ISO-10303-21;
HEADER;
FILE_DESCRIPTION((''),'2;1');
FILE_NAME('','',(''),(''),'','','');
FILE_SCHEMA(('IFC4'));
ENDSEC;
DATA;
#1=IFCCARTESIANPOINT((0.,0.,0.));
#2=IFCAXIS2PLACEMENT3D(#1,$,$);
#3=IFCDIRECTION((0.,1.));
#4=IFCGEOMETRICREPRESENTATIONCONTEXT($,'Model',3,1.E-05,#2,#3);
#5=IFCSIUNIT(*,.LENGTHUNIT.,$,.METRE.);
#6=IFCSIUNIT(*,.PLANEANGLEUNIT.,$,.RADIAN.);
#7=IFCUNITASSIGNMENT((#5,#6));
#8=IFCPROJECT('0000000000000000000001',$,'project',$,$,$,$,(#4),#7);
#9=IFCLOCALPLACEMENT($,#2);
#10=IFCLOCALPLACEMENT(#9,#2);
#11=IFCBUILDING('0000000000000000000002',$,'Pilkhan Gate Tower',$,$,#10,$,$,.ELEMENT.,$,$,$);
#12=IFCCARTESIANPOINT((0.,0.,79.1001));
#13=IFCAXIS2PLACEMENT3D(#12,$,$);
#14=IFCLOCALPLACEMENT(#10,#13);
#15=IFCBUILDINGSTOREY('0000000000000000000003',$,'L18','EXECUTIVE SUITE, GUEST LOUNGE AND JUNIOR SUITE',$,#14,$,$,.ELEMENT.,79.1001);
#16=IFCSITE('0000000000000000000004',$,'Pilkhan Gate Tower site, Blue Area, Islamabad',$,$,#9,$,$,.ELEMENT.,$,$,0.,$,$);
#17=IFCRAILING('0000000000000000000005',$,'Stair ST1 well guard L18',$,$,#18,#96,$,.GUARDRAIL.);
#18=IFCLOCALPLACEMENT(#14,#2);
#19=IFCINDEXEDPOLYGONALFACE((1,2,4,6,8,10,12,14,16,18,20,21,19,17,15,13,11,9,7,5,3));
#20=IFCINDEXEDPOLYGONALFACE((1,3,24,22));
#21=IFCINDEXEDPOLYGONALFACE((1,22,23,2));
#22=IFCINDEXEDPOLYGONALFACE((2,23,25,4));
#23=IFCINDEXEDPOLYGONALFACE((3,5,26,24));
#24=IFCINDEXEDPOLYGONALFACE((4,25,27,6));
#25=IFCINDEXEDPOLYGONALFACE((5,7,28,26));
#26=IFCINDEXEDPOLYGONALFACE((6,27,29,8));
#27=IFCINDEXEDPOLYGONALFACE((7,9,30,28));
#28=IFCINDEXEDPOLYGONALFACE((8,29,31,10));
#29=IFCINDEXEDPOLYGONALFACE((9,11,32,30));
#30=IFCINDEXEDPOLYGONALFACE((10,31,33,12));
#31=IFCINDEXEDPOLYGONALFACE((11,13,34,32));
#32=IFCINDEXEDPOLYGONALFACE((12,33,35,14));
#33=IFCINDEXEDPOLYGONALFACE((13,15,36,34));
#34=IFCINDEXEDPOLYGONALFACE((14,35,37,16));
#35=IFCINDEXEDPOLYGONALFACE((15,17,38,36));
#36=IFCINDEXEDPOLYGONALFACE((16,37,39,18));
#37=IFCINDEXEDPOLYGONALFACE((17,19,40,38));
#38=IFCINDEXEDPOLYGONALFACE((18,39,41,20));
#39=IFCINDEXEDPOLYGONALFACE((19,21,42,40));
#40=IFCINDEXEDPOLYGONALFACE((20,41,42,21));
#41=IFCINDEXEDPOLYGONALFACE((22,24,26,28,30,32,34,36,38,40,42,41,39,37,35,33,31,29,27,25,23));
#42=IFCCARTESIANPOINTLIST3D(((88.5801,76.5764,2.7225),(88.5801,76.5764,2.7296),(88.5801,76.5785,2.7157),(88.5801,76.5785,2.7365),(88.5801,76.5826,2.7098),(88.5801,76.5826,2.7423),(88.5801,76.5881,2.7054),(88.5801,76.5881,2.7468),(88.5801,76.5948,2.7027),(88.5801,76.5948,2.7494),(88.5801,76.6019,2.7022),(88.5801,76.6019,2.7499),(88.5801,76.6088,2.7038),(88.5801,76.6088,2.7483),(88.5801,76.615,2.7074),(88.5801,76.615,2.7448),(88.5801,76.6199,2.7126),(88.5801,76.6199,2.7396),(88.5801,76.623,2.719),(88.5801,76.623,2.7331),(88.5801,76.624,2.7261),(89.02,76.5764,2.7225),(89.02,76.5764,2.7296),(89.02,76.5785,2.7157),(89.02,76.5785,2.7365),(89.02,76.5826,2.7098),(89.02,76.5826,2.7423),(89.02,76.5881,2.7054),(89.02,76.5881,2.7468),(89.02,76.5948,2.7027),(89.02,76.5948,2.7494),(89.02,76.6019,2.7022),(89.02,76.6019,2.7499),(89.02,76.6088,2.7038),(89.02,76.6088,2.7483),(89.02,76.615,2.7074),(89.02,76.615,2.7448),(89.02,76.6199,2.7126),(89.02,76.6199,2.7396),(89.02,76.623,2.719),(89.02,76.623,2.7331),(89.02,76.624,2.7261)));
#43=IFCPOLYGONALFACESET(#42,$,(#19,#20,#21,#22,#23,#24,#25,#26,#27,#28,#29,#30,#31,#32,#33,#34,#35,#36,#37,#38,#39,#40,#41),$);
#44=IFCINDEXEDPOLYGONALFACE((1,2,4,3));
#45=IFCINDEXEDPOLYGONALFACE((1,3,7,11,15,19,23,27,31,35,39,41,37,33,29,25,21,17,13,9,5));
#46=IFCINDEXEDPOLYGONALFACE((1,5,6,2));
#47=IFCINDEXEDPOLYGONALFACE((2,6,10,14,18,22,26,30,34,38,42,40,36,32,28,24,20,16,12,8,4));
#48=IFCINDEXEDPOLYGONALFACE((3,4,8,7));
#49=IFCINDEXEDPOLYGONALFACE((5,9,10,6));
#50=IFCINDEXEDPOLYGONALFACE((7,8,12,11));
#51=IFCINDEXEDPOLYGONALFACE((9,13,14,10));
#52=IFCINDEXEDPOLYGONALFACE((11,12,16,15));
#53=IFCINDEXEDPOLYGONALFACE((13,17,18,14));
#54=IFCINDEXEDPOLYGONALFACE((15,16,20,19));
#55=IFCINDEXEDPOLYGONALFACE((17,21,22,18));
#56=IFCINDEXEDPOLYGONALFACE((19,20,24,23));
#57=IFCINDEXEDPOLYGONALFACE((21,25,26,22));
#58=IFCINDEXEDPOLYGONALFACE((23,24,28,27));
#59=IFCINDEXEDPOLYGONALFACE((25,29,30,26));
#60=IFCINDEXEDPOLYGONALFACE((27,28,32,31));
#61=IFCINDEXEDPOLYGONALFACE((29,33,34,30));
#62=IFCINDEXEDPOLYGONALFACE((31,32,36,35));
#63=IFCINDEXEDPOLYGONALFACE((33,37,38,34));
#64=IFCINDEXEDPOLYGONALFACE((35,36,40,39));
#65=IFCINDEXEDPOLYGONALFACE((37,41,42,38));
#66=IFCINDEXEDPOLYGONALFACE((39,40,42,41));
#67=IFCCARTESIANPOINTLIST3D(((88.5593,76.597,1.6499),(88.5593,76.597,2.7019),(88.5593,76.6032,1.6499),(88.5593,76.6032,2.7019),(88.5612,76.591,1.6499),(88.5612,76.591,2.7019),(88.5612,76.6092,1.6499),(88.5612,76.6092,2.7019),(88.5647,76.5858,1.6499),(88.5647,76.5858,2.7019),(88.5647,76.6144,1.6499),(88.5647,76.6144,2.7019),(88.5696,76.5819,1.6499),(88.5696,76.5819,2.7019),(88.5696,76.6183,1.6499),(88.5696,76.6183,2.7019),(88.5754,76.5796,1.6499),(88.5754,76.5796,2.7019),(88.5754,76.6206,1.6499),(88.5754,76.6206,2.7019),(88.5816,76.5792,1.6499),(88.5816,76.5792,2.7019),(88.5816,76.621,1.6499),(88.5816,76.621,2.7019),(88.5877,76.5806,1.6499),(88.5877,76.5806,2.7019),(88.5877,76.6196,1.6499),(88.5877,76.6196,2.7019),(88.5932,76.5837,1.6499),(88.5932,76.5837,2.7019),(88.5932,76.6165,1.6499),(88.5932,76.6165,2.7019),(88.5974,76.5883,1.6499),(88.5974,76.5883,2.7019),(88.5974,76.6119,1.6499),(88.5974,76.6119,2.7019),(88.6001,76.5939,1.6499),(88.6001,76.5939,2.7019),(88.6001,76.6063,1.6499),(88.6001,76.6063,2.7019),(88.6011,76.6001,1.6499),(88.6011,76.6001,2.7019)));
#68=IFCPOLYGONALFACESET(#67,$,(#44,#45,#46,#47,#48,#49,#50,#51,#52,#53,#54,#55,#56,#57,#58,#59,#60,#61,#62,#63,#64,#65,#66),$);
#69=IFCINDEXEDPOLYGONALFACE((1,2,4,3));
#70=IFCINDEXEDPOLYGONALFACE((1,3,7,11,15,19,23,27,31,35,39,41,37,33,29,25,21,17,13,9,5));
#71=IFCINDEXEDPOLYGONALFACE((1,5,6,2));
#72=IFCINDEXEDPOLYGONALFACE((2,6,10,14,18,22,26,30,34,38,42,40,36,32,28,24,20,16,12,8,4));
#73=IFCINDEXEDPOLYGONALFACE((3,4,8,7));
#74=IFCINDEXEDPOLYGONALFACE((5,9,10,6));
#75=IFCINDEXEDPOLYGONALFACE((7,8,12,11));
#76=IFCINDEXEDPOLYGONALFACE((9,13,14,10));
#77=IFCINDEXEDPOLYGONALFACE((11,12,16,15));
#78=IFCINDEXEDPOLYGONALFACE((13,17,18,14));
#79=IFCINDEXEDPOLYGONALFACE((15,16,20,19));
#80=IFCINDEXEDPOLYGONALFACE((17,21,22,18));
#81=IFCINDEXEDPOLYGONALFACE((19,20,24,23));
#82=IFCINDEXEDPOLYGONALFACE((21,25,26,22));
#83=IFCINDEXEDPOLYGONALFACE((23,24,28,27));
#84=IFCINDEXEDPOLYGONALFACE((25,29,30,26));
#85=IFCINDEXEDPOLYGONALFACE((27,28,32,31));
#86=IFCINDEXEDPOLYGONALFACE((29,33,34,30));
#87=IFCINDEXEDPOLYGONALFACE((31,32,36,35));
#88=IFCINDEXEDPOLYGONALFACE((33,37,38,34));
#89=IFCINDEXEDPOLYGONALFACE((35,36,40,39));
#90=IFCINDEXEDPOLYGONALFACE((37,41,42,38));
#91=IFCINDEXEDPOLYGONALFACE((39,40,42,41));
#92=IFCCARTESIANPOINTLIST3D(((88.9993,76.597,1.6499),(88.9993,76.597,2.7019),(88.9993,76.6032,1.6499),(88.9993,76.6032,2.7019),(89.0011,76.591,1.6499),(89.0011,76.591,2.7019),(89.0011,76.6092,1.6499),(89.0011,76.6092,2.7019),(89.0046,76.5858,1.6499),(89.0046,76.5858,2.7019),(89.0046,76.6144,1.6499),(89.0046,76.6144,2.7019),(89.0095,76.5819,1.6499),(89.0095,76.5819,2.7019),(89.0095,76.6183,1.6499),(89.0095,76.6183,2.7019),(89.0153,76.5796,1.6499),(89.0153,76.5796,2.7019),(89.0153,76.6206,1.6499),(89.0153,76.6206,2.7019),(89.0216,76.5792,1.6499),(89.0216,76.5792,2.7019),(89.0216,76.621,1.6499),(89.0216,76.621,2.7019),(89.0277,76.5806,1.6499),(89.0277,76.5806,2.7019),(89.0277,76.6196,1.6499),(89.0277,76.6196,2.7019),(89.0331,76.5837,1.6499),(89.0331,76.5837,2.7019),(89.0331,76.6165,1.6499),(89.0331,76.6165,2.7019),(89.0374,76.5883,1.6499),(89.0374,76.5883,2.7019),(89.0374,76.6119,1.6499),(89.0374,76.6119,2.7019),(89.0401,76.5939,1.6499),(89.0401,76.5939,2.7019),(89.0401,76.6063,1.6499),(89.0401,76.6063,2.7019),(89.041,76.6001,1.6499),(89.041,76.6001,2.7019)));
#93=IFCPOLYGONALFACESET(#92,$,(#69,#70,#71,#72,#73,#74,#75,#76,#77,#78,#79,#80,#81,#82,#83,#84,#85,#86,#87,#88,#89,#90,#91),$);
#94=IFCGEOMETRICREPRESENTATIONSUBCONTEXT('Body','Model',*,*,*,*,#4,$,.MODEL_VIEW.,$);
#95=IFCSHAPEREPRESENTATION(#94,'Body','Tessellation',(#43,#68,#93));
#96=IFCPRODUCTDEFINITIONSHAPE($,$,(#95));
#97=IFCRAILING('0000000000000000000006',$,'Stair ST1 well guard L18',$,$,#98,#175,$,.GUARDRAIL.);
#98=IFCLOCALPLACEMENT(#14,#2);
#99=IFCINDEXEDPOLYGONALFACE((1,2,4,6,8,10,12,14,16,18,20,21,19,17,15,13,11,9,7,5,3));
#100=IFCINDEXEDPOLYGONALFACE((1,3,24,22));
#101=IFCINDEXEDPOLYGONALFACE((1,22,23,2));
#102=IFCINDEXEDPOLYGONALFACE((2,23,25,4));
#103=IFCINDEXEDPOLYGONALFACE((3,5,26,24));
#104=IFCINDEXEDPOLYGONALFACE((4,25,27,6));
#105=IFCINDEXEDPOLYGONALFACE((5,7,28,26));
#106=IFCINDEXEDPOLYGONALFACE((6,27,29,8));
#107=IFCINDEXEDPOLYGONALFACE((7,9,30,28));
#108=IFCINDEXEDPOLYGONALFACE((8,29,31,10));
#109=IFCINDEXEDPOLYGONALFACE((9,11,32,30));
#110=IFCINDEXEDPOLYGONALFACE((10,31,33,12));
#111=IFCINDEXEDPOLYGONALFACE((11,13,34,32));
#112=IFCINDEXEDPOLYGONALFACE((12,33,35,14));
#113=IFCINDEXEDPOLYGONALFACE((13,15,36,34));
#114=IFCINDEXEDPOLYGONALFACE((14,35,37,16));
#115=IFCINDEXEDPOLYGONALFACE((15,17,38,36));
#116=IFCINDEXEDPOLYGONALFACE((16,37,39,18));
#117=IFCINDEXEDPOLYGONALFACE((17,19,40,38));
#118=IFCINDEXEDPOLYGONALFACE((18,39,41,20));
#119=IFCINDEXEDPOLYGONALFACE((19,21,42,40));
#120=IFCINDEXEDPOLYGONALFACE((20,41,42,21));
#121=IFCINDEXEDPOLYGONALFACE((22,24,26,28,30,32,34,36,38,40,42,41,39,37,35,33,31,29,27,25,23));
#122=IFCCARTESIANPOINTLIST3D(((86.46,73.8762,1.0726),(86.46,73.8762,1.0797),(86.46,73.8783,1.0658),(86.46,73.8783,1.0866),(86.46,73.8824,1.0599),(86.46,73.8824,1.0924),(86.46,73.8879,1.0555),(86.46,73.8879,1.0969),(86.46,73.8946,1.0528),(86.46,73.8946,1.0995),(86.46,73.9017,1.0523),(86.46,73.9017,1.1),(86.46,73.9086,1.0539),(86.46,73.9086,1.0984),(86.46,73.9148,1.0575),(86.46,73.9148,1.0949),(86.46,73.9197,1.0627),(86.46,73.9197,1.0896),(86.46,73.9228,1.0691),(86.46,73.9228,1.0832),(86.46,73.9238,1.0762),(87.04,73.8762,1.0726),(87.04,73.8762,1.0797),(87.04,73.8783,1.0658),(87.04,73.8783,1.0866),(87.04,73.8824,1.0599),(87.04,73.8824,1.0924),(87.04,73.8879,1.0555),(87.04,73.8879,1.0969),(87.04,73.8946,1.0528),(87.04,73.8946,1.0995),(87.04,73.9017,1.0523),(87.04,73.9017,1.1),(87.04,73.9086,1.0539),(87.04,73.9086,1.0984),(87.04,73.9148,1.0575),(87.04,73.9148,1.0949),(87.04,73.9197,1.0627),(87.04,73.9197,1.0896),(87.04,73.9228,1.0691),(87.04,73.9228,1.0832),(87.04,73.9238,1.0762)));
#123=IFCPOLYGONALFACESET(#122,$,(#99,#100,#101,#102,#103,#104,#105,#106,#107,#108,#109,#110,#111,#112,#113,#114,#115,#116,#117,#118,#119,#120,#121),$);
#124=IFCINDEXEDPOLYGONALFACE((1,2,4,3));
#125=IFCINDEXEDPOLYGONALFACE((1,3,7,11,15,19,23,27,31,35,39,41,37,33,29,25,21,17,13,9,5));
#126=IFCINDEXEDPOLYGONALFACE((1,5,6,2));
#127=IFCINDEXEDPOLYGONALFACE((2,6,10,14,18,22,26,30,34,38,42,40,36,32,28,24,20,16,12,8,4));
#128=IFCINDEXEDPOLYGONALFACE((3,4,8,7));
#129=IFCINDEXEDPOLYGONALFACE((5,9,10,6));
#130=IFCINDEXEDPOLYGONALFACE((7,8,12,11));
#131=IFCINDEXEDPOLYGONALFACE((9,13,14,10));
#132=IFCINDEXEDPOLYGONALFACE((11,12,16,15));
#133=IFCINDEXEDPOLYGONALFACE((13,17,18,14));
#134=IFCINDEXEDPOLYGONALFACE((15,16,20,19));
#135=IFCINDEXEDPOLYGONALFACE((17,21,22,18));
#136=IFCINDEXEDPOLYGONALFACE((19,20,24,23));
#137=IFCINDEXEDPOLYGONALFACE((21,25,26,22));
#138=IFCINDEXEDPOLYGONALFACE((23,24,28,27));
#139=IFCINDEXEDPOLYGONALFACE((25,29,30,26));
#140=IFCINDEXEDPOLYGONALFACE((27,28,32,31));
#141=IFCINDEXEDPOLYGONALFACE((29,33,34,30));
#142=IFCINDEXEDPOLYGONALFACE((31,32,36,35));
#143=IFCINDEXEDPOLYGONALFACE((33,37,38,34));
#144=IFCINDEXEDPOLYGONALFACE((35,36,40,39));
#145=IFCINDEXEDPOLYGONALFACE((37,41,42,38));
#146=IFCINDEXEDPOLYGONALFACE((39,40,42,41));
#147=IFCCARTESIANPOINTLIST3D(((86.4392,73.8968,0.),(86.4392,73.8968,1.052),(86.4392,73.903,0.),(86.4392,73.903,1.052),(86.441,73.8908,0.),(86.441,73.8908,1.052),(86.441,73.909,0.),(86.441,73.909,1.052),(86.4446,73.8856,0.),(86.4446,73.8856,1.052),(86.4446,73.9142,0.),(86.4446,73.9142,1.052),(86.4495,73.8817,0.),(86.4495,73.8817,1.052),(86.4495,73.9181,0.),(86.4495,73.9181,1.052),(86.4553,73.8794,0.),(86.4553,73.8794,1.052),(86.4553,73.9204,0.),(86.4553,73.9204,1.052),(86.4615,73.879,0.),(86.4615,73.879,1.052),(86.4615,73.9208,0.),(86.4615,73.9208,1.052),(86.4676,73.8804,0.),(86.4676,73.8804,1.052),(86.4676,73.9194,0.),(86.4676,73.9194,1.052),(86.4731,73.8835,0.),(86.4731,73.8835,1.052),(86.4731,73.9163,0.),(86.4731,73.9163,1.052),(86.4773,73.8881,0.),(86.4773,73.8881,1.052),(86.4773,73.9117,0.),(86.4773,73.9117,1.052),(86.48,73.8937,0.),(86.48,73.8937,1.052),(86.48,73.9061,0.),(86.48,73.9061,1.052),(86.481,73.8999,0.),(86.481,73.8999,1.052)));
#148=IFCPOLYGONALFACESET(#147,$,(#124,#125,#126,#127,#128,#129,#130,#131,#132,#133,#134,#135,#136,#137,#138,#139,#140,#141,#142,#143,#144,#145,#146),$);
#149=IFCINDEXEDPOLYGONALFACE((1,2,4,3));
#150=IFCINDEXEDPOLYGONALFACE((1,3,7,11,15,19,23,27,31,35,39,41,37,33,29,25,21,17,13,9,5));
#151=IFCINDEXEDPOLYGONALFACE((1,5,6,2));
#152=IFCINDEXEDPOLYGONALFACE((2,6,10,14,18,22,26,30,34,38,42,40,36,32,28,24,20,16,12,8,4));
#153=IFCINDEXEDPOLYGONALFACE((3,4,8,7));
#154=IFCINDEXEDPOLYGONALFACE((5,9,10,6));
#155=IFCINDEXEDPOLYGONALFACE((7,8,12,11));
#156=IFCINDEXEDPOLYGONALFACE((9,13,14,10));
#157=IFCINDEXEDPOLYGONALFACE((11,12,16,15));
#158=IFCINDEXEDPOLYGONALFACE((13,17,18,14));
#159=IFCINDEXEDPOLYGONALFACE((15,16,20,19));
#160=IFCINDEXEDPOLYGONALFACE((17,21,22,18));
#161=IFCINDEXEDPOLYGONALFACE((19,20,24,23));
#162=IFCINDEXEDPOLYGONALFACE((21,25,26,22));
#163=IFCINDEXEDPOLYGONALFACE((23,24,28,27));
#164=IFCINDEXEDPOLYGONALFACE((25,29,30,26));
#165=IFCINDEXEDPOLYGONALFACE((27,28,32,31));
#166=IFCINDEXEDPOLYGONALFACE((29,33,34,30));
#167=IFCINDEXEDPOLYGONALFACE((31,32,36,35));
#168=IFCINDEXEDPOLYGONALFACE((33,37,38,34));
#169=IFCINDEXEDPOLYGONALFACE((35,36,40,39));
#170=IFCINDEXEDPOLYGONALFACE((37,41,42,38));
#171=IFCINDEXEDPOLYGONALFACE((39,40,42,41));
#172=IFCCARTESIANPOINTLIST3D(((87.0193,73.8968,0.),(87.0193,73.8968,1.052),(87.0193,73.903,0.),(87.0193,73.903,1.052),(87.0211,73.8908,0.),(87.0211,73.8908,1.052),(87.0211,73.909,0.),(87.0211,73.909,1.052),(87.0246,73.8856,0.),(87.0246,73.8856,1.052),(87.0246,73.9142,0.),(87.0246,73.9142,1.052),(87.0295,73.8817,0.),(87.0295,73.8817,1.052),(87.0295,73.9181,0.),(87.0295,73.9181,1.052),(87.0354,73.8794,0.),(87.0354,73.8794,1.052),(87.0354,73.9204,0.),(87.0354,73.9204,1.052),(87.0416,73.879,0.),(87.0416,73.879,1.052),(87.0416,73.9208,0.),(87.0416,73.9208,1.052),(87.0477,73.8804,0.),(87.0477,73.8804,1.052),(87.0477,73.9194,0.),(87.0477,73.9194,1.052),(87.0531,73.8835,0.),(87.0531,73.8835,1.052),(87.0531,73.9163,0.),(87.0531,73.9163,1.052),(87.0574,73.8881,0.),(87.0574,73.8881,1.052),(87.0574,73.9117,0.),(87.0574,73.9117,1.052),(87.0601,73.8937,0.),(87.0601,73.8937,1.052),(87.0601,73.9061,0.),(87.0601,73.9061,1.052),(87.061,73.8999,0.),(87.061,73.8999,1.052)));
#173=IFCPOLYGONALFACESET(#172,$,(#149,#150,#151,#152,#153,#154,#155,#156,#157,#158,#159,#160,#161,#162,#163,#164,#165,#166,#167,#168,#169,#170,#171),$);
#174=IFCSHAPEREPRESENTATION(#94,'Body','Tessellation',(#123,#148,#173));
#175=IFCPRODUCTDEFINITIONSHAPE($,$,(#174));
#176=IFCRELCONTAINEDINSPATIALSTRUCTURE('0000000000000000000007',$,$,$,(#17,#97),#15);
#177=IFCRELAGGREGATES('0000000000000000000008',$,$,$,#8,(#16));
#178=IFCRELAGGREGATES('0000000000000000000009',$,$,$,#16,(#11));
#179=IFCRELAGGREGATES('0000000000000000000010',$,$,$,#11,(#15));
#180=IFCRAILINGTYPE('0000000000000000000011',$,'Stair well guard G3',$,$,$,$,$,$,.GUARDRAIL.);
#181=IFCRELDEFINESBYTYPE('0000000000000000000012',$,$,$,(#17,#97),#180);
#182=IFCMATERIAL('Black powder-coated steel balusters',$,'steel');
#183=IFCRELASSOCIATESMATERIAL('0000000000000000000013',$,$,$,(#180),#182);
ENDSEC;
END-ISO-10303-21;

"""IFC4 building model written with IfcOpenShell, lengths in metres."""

from ifc_helpers import new_model, si_unit, direction, frame, origin, origin_2d, place, context, subcontext, project, spatial, circle, extrude, material, type_object, element, save


model = new_model("IFC4")

# Units and contexts
model_context = context("Model", 3, precision=1e-05, world=origin(), true_north=direction((0.0, 1.0)))
body_context = subcontext(model_context, "Body", "Model", "MODEL_VIEW")
ifc_project = project(units=[si_unit("LENGTHUNIT", "METRE"), si_unit("PLANEANGLEUNIT", "RADIAN")], contexts=[model_context])

# Site, building, storey
site_placement = place(None, origin())
site = spatial("IfcSite", under=ifc_project, at=site_placement, Name="Pilkhan Gate Tower site, Blue Area, Islamabad", CompositionType="ELEMENT", RefElevation=0.0)
building_placement = place(site_placement, origin())
building = spatial("IfcBuilding", under=site, at=building_placement, Name="Pilkhan Gate Tower", CompositionType="ELEMENT")
storey_placement = place(building_placement, frame((0.0, 0.0, 79.1001)))
storey = spatial("IfcBuildingStorey", under=building, at=storey_placement, Name="L18", Description="EXECUTIVE SUITE, GUEST LOUNGE AND JUNIOR SUITE", CompositionType="ELEMENT", Elevation=79.1001)

# Railings
ifc_material_1 = material(Name="Black powder-coated steel balusters", Category="steel")
railing_type_1 = type_object("IfcRailingType", Name="Stair well guard G3", PredefinedType="GUARDRAIL", material=ifc_material_1)
railing_1_placement = place(storey_placement, frame((88.5801, 76.6001, 1.6499)))
element("IfcRailing", 1, at=railing_1_placement, inside=storey, type_object=railing_type_1, Name="Stair ST1 well guard L18", PredefinedType="GUARDRAIL", context=body_context, shape_type="SweptSolid", body=[
    extrude(circle(Radius=0.0239, at=origin_2d()), frame((0.0, 0.0, 1.0762), z_axis=(1.0, 0.0, 0.0), x_axis=(0.0, 1.0, 0.0)), (0.0, 0.0, 1.0), 0.4399),
    extrude(circle(Radius=0.021, at=origin_2d()), origin(), (0.0, 0.0, 1.0), 1.052),
    extrude(circle(Radius=0.021, at=origin_2d()), frame((0.4399, 0.0, 0.0)), (0.0, 0.0, 1.0), 1.052),
])
for number, where, name in (
    (2, (86.46, 73.8999, 0.0), "Stair ST1 well guard L18"),
):
    element("IfcRailing", number, at=place(storey_placement, frame(where)), inside=storey, type_object=railing_type_1, Name=name, PredefinedType="GUARDRAIL", context=body_context, shape_type="SweptSolid", body=[
        extrude(circle(Radius=0.0239, at=origin_2d()), frame((0.0, 0.0, 1.0762), z_axis=(1.0, 0.0, 0.0), x_axis=(0.0, 1.0, 0.0)), (0.0, 0.0, 1.0), 0.5801),
        extrude(circle(Radius=0.021, at=origin_2d()), origin(), (0.0, 0.0, 1.0), 1.052),
        extrude(circle(Radius=0.021, at=origin_2d()), frame((0.5801, 0.0, 0.0)), (0.0, 0.0, 1.0), 1.052),
    ])

save(model, "model.ifc")
